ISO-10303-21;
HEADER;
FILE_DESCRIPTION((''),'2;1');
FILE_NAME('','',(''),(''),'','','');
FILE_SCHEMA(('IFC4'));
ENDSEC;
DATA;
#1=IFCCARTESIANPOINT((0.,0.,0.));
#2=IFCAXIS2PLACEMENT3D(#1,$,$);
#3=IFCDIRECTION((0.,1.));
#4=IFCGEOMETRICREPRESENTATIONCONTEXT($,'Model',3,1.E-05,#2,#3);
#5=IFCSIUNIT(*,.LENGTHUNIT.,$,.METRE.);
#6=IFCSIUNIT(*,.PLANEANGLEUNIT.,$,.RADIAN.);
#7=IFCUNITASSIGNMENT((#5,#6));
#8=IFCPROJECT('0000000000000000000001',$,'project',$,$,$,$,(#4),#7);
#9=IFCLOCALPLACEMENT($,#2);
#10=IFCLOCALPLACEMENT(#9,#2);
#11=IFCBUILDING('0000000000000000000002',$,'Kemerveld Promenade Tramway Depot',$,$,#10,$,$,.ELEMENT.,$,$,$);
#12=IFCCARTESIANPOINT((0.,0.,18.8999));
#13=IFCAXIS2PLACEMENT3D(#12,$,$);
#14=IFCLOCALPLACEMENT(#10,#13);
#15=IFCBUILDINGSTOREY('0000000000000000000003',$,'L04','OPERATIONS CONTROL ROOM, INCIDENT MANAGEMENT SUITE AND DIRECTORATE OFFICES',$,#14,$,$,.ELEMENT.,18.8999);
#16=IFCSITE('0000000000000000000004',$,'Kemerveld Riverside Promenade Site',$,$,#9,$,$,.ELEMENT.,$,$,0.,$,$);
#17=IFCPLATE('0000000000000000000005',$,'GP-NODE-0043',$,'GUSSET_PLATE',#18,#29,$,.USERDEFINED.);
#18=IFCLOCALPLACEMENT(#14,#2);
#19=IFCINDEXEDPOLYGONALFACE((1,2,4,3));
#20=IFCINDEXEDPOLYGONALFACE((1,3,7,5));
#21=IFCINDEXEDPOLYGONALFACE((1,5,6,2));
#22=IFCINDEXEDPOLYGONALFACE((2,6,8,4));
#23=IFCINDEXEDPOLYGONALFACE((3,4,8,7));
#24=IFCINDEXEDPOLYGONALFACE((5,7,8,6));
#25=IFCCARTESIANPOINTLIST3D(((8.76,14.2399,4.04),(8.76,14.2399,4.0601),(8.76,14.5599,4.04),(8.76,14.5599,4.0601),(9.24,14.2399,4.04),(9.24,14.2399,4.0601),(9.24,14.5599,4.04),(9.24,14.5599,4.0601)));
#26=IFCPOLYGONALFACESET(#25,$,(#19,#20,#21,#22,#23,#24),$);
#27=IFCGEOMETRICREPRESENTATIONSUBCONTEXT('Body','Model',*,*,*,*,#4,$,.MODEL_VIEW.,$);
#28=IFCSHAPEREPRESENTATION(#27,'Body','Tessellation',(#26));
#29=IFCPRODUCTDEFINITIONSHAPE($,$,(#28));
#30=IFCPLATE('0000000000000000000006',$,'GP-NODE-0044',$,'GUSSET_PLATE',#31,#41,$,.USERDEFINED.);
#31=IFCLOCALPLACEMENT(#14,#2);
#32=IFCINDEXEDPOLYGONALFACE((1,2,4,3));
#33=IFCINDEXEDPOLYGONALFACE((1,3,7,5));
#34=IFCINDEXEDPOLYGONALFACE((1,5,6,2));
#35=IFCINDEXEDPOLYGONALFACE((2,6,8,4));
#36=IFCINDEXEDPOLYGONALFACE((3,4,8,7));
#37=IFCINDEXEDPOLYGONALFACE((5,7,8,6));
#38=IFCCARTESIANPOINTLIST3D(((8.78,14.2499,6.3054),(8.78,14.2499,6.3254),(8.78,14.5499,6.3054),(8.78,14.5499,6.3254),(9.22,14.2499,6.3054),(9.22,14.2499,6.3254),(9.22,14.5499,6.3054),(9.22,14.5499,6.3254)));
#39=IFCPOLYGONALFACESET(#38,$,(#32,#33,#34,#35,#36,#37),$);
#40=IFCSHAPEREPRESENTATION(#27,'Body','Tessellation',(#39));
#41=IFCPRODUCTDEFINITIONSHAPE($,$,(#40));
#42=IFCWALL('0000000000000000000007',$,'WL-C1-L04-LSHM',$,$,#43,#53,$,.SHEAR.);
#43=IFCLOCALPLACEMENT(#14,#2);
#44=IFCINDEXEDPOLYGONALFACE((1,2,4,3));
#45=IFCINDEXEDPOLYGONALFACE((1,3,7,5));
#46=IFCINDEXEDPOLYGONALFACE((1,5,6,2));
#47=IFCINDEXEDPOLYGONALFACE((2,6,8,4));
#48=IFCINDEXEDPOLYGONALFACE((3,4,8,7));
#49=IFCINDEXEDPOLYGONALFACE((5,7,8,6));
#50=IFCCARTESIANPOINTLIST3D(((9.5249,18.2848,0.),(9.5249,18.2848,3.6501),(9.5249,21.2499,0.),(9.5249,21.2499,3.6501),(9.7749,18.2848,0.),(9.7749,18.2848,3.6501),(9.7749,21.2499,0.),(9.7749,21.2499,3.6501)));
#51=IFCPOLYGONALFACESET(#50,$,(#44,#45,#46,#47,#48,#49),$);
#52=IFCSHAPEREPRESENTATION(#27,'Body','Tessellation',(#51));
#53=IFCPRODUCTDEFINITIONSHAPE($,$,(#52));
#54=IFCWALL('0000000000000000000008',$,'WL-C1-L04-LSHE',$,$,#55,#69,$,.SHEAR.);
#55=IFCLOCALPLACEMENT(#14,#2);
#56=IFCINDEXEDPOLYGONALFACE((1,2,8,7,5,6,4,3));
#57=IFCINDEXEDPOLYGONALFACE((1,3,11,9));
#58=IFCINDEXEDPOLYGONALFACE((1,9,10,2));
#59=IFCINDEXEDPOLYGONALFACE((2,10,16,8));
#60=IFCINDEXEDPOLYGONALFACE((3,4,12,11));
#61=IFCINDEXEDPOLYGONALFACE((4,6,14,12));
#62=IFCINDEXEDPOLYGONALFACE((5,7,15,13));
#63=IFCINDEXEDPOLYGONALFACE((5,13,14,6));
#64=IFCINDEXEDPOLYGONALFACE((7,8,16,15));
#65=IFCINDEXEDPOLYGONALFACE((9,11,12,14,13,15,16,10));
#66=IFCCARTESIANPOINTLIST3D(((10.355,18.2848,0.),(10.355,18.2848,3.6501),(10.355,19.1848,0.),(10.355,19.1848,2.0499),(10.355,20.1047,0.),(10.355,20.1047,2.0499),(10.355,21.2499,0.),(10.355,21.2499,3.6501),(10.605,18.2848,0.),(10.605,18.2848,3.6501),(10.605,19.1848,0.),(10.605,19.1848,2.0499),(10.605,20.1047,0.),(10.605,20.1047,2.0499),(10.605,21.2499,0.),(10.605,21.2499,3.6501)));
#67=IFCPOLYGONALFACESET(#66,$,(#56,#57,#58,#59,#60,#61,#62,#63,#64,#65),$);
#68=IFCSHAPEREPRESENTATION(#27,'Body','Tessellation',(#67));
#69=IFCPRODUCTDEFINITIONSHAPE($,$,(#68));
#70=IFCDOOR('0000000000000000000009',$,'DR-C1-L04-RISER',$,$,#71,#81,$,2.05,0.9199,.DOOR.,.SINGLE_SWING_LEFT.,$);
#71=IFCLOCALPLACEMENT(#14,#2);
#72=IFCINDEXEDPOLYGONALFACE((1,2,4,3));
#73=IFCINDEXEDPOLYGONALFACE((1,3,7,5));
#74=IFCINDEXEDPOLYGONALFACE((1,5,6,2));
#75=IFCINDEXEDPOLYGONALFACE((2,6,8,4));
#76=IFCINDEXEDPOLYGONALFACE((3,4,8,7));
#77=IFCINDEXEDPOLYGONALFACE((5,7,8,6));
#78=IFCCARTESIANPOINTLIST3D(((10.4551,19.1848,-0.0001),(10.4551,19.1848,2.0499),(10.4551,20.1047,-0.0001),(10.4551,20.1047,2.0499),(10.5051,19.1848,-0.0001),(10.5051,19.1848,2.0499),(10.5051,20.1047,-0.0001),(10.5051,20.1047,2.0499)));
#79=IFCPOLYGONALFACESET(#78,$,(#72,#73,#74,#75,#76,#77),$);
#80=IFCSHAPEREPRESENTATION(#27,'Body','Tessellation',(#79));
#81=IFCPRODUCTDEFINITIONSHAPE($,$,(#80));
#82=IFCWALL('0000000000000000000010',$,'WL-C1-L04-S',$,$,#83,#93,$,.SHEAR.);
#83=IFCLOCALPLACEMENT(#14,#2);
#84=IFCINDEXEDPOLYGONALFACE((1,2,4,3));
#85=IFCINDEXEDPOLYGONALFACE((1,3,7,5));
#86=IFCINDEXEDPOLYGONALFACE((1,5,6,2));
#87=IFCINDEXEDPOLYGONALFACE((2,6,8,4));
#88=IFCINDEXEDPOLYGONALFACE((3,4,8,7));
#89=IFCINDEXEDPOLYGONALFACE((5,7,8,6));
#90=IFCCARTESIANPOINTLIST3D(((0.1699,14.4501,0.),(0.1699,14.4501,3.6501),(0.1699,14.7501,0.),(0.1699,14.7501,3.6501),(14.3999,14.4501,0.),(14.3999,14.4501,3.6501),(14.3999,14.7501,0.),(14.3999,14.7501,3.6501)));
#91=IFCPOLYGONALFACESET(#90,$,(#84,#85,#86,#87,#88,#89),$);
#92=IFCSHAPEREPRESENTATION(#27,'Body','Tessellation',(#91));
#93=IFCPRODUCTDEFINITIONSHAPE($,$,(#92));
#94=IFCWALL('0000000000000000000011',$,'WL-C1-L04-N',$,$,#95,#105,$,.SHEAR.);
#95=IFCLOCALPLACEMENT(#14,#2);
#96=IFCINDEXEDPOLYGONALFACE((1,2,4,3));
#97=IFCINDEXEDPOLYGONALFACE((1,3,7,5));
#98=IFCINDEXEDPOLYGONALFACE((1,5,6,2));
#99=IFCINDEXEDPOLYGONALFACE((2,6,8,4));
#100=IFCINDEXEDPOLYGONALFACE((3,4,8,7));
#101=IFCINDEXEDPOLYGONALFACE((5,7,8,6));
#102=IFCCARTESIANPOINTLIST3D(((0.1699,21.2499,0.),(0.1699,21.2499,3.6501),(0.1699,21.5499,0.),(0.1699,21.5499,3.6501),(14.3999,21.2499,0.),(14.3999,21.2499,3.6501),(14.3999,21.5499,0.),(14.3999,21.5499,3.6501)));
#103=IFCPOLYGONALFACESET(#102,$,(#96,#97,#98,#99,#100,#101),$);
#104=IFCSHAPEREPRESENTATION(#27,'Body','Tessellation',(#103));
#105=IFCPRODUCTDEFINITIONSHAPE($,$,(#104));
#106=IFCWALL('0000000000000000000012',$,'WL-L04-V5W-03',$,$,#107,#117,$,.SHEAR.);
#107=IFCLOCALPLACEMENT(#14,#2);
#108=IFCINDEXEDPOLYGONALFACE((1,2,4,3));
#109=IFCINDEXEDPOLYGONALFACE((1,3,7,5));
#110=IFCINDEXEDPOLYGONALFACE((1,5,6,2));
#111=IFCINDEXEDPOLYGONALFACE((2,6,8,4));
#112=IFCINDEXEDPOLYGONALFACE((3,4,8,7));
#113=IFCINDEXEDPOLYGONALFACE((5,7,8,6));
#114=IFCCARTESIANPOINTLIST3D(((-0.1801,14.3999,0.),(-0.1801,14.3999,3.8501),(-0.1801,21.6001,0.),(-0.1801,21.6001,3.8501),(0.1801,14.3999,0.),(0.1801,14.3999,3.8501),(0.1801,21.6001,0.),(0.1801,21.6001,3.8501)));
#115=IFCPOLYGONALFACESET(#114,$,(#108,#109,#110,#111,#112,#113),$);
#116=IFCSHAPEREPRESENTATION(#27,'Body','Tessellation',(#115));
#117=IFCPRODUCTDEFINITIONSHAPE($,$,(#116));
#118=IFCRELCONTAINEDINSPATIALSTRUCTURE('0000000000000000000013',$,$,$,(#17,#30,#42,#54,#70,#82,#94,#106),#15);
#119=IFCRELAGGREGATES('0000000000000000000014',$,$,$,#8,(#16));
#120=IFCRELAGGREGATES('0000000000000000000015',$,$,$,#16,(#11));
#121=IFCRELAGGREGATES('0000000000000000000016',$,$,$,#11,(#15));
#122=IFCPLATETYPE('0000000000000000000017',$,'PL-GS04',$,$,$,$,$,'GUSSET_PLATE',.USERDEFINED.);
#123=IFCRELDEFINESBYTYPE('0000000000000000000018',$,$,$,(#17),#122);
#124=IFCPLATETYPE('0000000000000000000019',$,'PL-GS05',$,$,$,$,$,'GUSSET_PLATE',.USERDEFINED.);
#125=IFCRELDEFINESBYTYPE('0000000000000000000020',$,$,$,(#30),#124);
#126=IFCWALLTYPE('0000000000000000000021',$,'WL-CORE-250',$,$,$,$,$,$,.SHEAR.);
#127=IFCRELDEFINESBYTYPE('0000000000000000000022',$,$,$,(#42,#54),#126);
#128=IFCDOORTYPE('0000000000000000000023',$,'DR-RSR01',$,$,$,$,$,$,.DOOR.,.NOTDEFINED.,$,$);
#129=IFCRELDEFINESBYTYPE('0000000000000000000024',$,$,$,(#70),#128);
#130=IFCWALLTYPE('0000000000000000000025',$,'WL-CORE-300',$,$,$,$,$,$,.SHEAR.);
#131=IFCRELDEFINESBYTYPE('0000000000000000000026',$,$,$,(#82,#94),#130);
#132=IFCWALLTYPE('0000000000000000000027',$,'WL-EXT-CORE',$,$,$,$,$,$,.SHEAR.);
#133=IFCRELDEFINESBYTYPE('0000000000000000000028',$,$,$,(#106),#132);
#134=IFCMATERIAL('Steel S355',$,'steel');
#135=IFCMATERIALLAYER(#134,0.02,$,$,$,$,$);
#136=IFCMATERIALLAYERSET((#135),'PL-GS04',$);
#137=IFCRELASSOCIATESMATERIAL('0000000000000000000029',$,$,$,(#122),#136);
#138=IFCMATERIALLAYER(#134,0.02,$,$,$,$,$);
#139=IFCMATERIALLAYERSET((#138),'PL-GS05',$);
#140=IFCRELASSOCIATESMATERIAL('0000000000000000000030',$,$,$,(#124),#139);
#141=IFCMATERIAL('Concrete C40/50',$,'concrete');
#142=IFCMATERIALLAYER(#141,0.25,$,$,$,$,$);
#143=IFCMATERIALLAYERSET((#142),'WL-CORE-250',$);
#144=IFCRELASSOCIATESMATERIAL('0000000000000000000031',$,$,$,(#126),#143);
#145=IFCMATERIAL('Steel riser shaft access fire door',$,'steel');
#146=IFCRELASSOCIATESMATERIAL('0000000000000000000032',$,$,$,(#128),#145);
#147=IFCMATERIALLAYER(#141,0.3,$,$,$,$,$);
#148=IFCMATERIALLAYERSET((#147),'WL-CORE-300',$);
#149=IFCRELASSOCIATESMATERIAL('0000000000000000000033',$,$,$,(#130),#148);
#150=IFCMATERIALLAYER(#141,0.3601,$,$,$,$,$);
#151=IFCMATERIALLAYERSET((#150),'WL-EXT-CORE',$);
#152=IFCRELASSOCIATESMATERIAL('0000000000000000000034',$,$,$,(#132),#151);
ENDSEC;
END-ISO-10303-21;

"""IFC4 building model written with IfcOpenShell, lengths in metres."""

from ifc_helpers import new_model, si_unit, direction, frame, frame_2d, origin, origin_2d, place, context, subcontext, project, spatial, rectangle, extrude, material, layer, layer_set, type_object, element, fill, save


model = new_model("IFC4")

# Units and contexts
model_context = context("Model", 3, precision=1e-05, world=origin(), true_north=direction((0.0, 1.0)))
body_context = subcontext(model_context, "Body", "Model", "MODEL_VIEW")
ifc_project = project(units=[si_unit("LENGTHUNIT", "METRE"), si_unit("PLANEANGLEUNIT", "RADIAN")], contexts=[model_context])

# Site, building, storey
site_placement = place(None, origin())
site = spatial("IfcSite", under=ifc_project, at=site_placement, Name="Kemerveld Riverside Promenade Site", CompositionType="ELEMENT", RefElevation=0.0)
building_placement = place(site_placement, origin())
building = spatial("IfcBuilding", under=site, at=building_placement, Name="Kemerveld Promenade Tramway Depot", CompositionType="ELEMENT")
storey_placement = place(building_placement, frame((0.0, 0.0, 18.8999)))
storey = spatial("IfcBuildingStorey", under=building, at=storey_placement, Name="L04", Description="OPERATIONS CONTROL ROOM, INCIDENT MANAGEMENT SUITE AND DIRECTORATE OFFICES", CompositionType="ELEMENT", Elevation=18.8999)

# Shared definitions
ifc_material_1 = material(Name="Steel S355", Category="steel")

# Shared definitions
ifc_material_2 = material(Name="Concrete C40/50", Category="concrete")

# Plates
ifc_layer_1 = layer(ifc_material_1, 0.02)
ifc_layer_set_1 = layer_set([ifc_layer_1], Name="PL-GS04")
plate_type_1 = type_object("IfcPlateType", Name="PL-GS04", ElementType="GUSSET_PLATE", PredefinedType="USERDEFINED", material=ifc_layer_set_1)
plate_1_placement = place(storey_placement, frame((9.0, 14.3999, 4.04), z_axis=(0.0, 0.0, 1.0), x_axis=(1.0, 0.0, 0.0)))
element("IfcPlate", 1, at=plate_1_placement, inside=storey, type_object=plate_type_1, Name="GP-NODE-0043", ObjectType="GUSSET_PLATE", PredefinedType="USERDEFINED", context=body_context, shape_type="SweptSolid", body=[
    extrude(rectangle(XDim=0.48, YDim=0.3201, at=origin_2d()), origin(), (0.0, 0.0, 1.0), 0.02),
])
ifc_layer_2 = layer(ifc_material_1, 0.02)
ifc_layer_set_2 = layer_set([ifc_layer_2], Name="PL-GS05")
plate_type_2 = type_object("IfcPlateType", Name="PL-GS05", ElementType="GUSSET_PLATE", PredefinedType="USERDEFINED", material=ifc_layer_set_2)
plate_2_placement = place(storey_placement, frame((9.0, 14.3999, 6.3054), z_axis=(0.0, 0.0, 1.0), x_axis=(1.0, 0.0, 0.0)))
element("IfcPlate", 2, at=plate_2_placement, inside=storey, type_object=plate_type_2, Name="GP-NODE-0044", ObjectType="GUSSET_PLATE", PredefinedType="USERDEFINED", context=body_context, shape_type="SweptSolid", body=[
    extrude(rectangle(XDim=0.4399, YDim=0.3, at=origin_2d()), origin(), (0.0, 0.0, 1.0), 0.02),
])

# Shared definitions
ifc_layer_3 = layer(ifc_material_2, 0.25)
ifc_layer_set_3 = layer_set([ifc_layer_3], Name="WL-CORE-250")
wall_type_1 = type_object("IfcWallType", Name="WL-CORE-250", PredefinedType="SHEAR", material=ifc_layer_set_3)

# Wall
wall_1_placement = place(storey_placement, frame((9.6499, 18.2849, 0.0), z_axis=(0.0, 0.0, 1.0), x_axis=(0.0, 1.0, 0.0)))
element("IfcWall", 3, at=wall_1_placement, inside=storey, type_object=wall_type_1, Name="WL-C1-L04-LSHM", PredefinedType="SHEAR", context=body_context, shape_type="SweptSolid", body=[
    extrude(rectangle(XDim=2.9651, YDim=0.25, at=frame_2d((1.4824, 0.0))), origin(), (0.0, 0.0, 1.0), 3.6501),
])

# Wall, opening, door
wall_2_placement = place(storey_placement, frame((10.48, 18.2849, 0.0), z_axis=(0.0, 0.0, 1.0), x_axis=(0.0, 1.0, 0.0)))
wall_2 = element("IfcWall", 4, at=wall_2_placement, inside=storey, type_object=wall_type_1, Name="WL-C1-L04-LSHE", PredefinedType="SHEAR", context=body_context, shape_type="SweptSolid", body=[
    extrude(rectangle(XDim=2.9651, YDim=0.25, at=frame_2d((1.4824, 0.0))), origin(), (0.0, 0.0, 1.0), 3.6501),
])
opening_1_placement = place(wall_2_placement, frame((0.8999, 0.0, 0.0)))
opening_1 = element("IfcOpeningElement", 5, at=opening_1_placement, cuts=wall_2, PredefinedType="OPENING", context=body_context, shape_type="SweptSolid", body=[
    extrude(rectangle(XDim=0.9199, YDim=2.05, at=frame_2d((0.46, 1.0249))), frame((0.0, 0.135, 0.0), z_axis=(0.0, -1.0, 0.0), x_axis=(1.0, 0.0, 0.0)), (0.0, 0.0, 1.0), 0.27),
])
ifc_material_3 = material(Name="Steel riser shaft access fire door", Category="steel")
door_type_1 = type_object("IfcDoorType", Name="DR-RSR01", OperationType="NOTDEFINED", PredefinedType="DOOR", material=ifc_material_3)
door_1_placement = place(opening_1_placement, origin())
door_1 = element("IfcDoor", 6, at=door_1_placement, inside=storey, type_object=door_type_1, Name="DR-C1-L04-RISER", OperationType="SINGLE_SWING_LEFT", OverallHeight=2.05, OverallWidth=0.9199, PredefinedType="DOOR", context=body_context, shape_type="SweptSolid", body=[
    extrude(rectangle(XDim=0.9199, YDim=2.05, at=frame_2d((0.46, 1.0249))), frame((0.0, 0.0249, 0.0), z_axis=(0.0, -1.0, 0.0), x_axis=(1.0, 0.0, 0.0)), (0.0, 0.0, 1.0), 0.05),
])
fill(opening_1, door_1)

# Walls
ifc_layer_4 = layer(ifc_material_2, 0.3)
ifc_layer_set_4 = layer_set([ifc_layer_4], Name="WL-CORE-300")
wall_type_2 = type_object("IfcWallType", Name="WL-CORE-300", PredefinedType="SHEAR", material=ifc_layer_set_4)
for number, where, z_axis, x_axis, name in (
    (7, (0.1699, 14.6001, 0.0), (0.0, 0.0, 1.0), (1.0, 0.0, 0.0), "WL-C1-L04-S"),
    (8, (0.1699, 21.3999, 0.0), (0.0, 0.0, 1.0), (1.0, 0.0, 0.0), "WL-C1-L04-N"),
):
    element("IfcWall", number, at=place(storey_placement, frame(where, z_axis=z_axis, x_axis=x_axis)), inside=storey, type_object=wall_type_2, Name=name, PredefinedType="SHEAR", context=body_context, shape_type="SweptSolid", body=[
        extrude(rectangle(XDim=14.23, YDim=0.3, at=frame_2d((7.115, 0.0))), origin(), (0.0, 0.0, 1.0), 3.6501),
    ])
ifc_layer_5 = layer(ifc_material_2, 0.3601)
ifc_layer_set_5 = layer_set([ifc_layer_5], Name="WL-EXT-CORE")
wall_type_3 = type_object("IfcWallType", Name="WL-EXT-CORE", PredefinedType="SHEAR", material=ifc_layer_set_5)
wall_3_placement = place(storey_placement, frame((0.0, 14.3999, 0.0), z_axis=(0.0, 0.0, 1.0), x_axis=(0.0, 1.0, 0.0)))
element("IfcWall", 9, at=wall_3_placement, inside=storey, type_object=wall_type_3, Name="WL-L04-V5W-03", PredefinedType="SHEAR", context=body_context, shape_type="SweptSolid", body=[
    extrude(rectangle(XDim=7.2002, YDim=0.3601, at=frame_2d((3.6001, 0.0))), origin(), (0.0, 0.0, 1.0), 3.8501),
])

save(model, "model.ifc")
